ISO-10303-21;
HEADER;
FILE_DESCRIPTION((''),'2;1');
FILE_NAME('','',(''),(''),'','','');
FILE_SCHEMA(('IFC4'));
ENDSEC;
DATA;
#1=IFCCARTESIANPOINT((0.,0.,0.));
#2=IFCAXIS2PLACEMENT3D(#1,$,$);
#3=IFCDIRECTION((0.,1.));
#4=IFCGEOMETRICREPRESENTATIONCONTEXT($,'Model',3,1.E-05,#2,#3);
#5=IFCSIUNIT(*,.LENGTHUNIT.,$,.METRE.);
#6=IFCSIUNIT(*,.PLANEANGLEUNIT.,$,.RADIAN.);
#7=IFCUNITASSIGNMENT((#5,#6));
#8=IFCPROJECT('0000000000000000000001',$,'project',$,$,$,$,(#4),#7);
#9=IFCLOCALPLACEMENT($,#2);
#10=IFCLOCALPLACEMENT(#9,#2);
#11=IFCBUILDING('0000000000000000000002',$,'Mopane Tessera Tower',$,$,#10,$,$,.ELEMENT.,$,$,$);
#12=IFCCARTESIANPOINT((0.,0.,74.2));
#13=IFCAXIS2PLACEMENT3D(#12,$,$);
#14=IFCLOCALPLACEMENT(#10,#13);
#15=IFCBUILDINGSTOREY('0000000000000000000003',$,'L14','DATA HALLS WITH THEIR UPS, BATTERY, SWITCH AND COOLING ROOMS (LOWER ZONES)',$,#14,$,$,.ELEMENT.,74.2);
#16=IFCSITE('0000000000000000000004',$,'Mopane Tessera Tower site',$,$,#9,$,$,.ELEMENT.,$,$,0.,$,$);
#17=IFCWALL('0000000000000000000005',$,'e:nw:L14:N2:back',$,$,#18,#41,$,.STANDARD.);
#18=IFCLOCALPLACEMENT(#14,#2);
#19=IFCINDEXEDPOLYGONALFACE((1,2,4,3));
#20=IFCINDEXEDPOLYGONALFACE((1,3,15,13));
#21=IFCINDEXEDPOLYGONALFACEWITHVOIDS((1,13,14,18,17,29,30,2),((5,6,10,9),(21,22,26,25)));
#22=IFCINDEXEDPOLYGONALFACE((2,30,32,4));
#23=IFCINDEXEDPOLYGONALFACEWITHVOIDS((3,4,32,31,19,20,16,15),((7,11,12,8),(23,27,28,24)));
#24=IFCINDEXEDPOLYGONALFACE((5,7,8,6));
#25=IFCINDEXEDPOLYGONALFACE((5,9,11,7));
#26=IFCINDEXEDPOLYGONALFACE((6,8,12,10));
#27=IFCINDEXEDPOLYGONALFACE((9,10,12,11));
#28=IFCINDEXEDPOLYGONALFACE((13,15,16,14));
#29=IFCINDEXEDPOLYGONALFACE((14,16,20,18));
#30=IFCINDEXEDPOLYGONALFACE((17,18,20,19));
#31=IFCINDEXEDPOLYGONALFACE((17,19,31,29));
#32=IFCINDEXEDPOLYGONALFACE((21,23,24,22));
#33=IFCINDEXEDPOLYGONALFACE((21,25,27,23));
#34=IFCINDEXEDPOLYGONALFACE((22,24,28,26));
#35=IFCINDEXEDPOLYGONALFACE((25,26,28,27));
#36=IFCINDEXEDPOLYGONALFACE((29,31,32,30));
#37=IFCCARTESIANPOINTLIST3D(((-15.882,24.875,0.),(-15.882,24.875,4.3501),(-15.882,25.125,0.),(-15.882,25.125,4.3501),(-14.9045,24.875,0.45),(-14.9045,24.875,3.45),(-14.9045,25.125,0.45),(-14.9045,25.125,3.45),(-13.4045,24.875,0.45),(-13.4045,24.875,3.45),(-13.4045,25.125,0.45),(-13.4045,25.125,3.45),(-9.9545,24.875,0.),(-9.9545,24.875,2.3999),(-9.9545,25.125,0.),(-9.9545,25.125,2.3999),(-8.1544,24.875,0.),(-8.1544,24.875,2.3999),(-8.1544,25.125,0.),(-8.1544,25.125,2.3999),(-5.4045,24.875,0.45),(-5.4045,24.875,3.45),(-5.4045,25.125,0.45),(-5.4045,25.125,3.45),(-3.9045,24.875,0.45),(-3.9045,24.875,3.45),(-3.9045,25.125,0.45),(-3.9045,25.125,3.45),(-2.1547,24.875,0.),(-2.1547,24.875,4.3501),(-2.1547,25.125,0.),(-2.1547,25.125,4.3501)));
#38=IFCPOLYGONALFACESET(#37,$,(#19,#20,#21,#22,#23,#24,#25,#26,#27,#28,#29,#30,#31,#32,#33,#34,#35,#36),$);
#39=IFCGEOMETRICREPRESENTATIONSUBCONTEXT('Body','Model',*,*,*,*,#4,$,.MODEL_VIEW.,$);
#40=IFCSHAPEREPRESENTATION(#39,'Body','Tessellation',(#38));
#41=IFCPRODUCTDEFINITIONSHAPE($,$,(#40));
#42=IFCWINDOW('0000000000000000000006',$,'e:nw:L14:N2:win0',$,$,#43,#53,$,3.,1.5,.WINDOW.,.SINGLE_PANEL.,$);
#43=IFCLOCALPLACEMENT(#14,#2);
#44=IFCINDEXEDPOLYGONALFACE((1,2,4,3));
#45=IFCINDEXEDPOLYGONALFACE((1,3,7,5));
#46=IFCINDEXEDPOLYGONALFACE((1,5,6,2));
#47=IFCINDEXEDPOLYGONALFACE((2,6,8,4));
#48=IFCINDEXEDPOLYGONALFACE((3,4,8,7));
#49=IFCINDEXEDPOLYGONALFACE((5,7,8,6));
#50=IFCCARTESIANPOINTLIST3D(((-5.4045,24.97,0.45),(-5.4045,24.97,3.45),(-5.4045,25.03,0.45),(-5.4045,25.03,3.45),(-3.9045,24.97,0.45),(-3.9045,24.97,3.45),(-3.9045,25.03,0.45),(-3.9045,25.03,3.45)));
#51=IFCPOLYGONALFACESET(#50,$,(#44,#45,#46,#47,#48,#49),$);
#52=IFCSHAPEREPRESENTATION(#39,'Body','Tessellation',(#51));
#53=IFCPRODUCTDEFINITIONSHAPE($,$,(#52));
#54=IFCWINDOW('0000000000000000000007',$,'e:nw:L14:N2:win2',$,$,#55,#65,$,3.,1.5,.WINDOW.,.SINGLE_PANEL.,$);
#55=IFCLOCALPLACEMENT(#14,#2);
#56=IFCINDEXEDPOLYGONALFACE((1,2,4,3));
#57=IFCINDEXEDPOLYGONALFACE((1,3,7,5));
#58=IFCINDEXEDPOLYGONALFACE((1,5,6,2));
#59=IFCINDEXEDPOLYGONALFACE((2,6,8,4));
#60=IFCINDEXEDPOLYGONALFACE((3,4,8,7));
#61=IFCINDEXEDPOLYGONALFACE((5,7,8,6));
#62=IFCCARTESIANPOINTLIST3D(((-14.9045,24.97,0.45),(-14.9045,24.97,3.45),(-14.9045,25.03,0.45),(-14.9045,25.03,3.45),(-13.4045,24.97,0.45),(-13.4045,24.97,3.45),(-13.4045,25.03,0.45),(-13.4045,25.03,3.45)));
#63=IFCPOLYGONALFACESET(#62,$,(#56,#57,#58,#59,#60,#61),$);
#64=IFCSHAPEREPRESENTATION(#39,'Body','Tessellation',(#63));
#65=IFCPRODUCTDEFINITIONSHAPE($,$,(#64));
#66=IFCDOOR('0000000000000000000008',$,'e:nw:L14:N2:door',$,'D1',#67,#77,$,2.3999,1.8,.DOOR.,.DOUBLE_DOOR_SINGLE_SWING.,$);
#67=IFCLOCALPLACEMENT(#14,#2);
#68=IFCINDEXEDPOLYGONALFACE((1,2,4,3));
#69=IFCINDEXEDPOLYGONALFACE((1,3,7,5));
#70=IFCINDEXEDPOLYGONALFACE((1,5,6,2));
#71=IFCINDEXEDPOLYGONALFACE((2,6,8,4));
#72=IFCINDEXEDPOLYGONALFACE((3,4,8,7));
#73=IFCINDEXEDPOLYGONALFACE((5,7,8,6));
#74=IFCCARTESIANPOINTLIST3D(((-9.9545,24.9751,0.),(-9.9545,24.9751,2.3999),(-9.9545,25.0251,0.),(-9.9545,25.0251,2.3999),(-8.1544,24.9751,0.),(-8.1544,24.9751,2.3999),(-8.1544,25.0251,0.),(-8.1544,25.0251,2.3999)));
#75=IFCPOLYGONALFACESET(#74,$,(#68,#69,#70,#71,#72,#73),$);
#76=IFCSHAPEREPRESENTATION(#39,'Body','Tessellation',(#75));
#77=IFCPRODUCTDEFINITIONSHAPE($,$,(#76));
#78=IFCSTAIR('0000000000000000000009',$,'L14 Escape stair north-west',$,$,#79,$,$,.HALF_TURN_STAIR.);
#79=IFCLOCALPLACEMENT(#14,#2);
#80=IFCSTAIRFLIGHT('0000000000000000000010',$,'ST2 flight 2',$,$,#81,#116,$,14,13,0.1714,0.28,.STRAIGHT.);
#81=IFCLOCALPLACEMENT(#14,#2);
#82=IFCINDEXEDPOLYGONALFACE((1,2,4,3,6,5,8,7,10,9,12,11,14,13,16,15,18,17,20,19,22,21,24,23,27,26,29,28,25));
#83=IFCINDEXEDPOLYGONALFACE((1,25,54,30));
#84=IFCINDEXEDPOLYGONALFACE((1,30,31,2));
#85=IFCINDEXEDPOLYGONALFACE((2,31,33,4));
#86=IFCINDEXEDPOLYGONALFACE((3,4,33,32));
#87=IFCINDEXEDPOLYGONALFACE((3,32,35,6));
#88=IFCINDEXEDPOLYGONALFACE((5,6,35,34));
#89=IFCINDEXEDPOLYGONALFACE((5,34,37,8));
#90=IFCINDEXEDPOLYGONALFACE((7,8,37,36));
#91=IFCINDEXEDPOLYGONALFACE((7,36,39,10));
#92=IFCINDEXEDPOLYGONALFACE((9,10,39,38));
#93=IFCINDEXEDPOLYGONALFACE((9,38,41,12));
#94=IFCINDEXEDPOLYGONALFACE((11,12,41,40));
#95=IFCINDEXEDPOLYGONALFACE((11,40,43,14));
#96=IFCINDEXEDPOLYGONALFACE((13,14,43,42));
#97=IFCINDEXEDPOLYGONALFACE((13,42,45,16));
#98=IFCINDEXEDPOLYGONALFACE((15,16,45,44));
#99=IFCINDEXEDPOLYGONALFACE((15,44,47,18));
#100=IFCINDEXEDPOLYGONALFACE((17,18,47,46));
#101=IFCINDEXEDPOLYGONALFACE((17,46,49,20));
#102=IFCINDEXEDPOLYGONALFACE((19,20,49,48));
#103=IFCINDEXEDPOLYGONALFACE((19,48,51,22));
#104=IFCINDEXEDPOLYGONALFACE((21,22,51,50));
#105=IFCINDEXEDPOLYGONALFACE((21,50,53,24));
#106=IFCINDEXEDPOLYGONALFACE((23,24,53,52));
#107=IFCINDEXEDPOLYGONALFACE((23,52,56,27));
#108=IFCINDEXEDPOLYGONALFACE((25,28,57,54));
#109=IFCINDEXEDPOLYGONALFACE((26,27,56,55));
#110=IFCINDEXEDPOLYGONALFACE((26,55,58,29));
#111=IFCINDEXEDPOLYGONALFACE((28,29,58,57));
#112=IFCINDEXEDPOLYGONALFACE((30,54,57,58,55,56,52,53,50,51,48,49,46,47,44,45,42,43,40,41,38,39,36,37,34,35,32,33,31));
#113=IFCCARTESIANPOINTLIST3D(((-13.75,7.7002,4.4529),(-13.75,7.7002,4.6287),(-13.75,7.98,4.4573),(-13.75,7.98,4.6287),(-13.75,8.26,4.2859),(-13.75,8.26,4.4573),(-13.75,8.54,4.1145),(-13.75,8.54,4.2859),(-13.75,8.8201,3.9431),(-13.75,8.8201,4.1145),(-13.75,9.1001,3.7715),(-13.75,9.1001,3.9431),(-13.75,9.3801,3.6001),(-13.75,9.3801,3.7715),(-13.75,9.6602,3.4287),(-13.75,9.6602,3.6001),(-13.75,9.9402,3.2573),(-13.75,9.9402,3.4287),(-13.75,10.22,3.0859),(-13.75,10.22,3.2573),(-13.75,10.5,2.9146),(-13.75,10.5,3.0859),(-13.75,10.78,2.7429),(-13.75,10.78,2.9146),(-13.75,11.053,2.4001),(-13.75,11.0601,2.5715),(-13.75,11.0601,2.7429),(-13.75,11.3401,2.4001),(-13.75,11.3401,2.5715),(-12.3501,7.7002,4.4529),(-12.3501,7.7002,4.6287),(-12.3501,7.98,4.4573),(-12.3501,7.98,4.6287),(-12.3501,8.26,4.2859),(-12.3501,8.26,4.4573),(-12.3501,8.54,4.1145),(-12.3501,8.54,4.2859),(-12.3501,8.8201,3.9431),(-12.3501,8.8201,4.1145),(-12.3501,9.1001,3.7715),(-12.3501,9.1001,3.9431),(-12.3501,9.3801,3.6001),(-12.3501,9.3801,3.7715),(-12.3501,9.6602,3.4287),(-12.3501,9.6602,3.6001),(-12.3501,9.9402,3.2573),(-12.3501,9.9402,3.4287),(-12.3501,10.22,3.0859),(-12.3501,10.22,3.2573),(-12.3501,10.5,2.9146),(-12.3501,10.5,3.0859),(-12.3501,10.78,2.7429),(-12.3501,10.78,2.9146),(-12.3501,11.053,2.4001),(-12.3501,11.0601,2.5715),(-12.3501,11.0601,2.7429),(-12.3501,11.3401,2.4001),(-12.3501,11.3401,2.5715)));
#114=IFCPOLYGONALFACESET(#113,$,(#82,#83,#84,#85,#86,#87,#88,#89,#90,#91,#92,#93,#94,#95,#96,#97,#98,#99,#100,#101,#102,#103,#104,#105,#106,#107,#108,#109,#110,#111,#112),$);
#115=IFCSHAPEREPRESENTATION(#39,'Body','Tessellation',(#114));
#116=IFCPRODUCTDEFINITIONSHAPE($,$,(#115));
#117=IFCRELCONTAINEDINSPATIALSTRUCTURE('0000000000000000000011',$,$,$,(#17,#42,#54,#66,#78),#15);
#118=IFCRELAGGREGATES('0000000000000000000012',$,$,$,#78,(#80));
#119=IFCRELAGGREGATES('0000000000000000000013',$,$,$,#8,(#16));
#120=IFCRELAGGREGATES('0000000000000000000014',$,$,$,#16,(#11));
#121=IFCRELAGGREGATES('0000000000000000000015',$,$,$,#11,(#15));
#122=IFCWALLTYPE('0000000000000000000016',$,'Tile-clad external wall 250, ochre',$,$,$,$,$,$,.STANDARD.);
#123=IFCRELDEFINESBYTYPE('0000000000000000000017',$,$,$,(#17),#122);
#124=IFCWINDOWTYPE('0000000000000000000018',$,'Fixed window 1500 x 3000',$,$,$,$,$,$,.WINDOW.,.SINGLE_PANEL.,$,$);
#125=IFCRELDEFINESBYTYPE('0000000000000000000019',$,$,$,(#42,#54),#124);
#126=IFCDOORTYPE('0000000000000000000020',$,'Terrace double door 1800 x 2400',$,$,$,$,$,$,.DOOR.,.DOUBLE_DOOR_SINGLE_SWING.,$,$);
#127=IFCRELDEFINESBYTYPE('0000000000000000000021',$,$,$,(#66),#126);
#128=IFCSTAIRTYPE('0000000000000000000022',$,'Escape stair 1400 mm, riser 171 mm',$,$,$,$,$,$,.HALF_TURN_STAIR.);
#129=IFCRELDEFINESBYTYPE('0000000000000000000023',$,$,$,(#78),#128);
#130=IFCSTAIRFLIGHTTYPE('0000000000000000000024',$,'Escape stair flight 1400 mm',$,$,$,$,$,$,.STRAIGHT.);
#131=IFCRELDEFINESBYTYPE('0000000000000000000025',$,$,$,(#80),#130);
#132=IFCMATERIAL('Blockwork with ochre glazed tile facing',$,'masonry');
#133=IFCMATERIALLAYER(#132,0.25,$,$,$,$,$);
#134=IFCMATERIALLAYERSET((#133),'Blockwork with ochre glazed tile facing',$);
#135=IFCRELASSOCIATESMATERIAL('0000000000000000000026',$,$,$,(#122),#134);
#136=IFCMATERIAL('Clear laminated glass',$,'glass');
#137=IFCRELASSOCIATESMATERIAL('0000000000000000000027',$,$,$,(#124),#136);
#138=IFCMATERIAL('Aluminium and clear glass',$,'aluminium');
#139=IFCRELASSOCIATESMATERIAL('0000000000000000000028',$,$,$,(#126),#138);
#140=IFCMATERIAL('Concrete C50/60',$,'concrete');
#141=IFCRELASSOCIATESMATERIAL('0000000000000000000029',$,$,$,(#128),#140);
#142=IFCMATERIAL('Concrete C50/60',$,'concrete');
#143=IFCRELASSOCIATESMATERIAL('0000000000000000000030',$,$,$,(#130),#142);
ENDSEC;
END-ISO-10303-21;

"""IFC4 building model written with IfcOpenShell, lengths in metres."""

from ifc_helpers import new_model, si_unit, direction, frame, frame_2d, origin, place, context, subcontext, project, spatial, polyline, rectangle, outline, extrude, material, layer, layer_set, type_object, element, fill, aggregate, save


model = new_model("IFC4")

# Units and contexts
model_context = context("Model", 3, precision=1e-05, world=origin(), true_north=direction((0.0, 1.0)))
body_context = subcontext(model_context, "Body", "Model", "MODEL_VIEW")
ifc_project = project(units=[si_unit("LENGTHUNIT", "METRE"), si_unit("PLANEANGLEUNIT", "RADIAN")], contexts=[model_context])

# Site, building, storey
site_placement = place(None, origin())
site = spatial("IfcSite", under=ifc_project, at=site_placement, Name="Mopane Tessera Tower site", CompositionType="ELEMENT", RefElevation=0.0)
building_placement = place(site_placement, origin())
building = spatial("IfcBuilding", under=site, at=building_placement, Name="Mopane Tessera Tower", CompositionType="ELEMENT")
storey_placement = place(building_placement, frame((0.0, 0.0, 74.2)))
storey = spatial("IfcBuildingStorey", under=building, at=storey_placement, Name="L14", Description="DATA HALLS WITH THEIR UPS, BATTERY, SWITCH AND COOLING ROOMS (LOWER ZONES)", CompositionType="ELEMENT", Elevation=74.2)

# Wall, openings, windows, door
ifc_material_1 = material(Name="Blockwork with ochre glazed tile facing", Category="masonry")
ifc_layer_1 = layer(ifc_material_1, 0.25)
ifc_layer_set_1 = layer_set([ifc_layer_1], Name="Blockwork with ochre glazed tile facing")
wall_type_1 = type_object("IfcWallType", Name="Tile-clad external wall 250, ochre", PredefinedType="STANDARD", material=ifc_layer_set_1)
wall_1_placement = place(storey_placement, frame((-2.1545, 25.0, 0.0), z_axis=(0.0, 0.0, 1.0), x_axis=(-1.0, 0.0, 0.0)))
wall_1 = element("IfcWall", 1, at=wall_1_placement, inside=storey, type_object=wall_type_1, Name="e:nw:L14:N2:back", PredefinedType="STANDARD", context=body_context, shape_type="SweptSolid", body=[
    extrude(rectangle(XDim=13.7273, YDim=0.25, at=frame_2d((6.8638, 0.0))), origin(), (0.0, 0.0, 1.0), 4.3501),
])
opening_1_placement = place(wall_1_placement, frame((1.75, 0.0, 0.45)))
opening_1 = element("IfcOpeningElement", 2, at=opening_1_placement, cuts=wall_1, PredefinedType="OPENING", context=body_context, shape_type="SweptSolid", body=[
    extrude(rectangle(XDim=1.5, YDim=3.0, at=frame_2d((0.75, 1.5))), frame((0.0, 0.137, 0.0), z_axis=(0.0, -1.0, 0.0), x_axis=(1.0, 0.0, 0.0)), (0.0, 0.0, 1.0), 0.2739),
])
opening_2_placement = place(wall_1_placement, frame((6.0, 0.0, 0.0)))
opening_2 = element("IfcOpeningElement", 3, at=opening_2_placement, cuts=wall_1, PredefinedType="OPENING", context=body_context, shape_type="SweptSolid", body=[
    extrude(rectangle(XDim=1.8, YDim=2.3999, at=frame_2d((0.8999, 1.2))), frame((0.0, 0.137, 0.0), z_axis=(0.0, -1.0, 0.0), x_axis=(1.0, 0.0, 0.0)), (0.0, 0.0, 1.0), 0.2739),
])
opening_3_placement = place(wall_1_placement, frame((11.25, 0.0, 0.45)))
opening_3 = element("IfcOpeningElement", 4, at=opening_3_placement, cuts=wall_1, PredefinedType="OPENING", context=body_context, shape_type="SweptSolid", body=[
    extrude(rectangle(XDim=1.5, YDim=3.0, at=frame_2d((0.75, 1.5))), frame((0.0, 0.137, 0.0), z_axis=(0.0, -1.0, 0.0), x_axis=(1.0, 0.0, 0.0)), (0.0, 0.0, 1.0), 0.2739),
])
ifc_material_2 = material(Name="Clear laminated glass", Category="glass")
window_type = type_object("IfcWindowType", Name="Fixed window 1500 x 3000", PartitioningType="SINGLE_PANEL", PredefinedType="WINDOW", material=ifc_material_2)
window_1_placement = place(opening_1_placement, origin())
window_1 = element("IfcWindow", 5, at=window_1_placement, inside=storey, type_object=window_type, Name="e:nw:L14:N2:win0", OverallHeight=3.0, OverallWidth=1.5, PartitioningType="SINGLE_PANEL", PredefinedType="WINDOW", context=body_context, shape_type="SweptSolid", body=[
    extrude(rectangle(XDim=1.5, YDim=3.0, at=frame_2d((0.75, 1.5))), frame((0.0, 0.03, 0.0), z_axis=(0.0, -1.0, 0.0), x_axis=(1.0, 0.0, 0.0)), (0.0, 0.0, 1.0), 0.0601),
])
fill(opening_1, window_1)
window_2_placement = place(opening_3_placement, origin())
window_2 = element("IfcWindow", 6, at=window_2_placement, inside=storey, type_object=window_type, Name="e:nw:L14:N2:win2", OverallHeight=3.0, OverallWidth=1.5, PartitioningType="SINGLE_PANEL", PredefinedType="WINDOW", context=body_context, shape_type="SweptSolid", body=[
    extrude(rectangle(XDim=1.5, YDim=3.0, at=frame_2d((0.75, 1.5))), frame((0.0, 0.03, 0.0), z_axis=(0.0, -1.0, 0.0), x_axis=(1.0, 0.0, 0.0)), (0.0, 0.0, 1.0), 0.0601),
])
fill(opening_3, window_2)
ifc_material_3 = material(Name="Aluminium and clear glass", Category="aluminium")
door_type_1 = type_object("IfcDoorType", Name="Terrace double door 1800 x 2400", OperationType="DOUBLE_DOOR_SINGLE_SWING", PredefinedType="DOOR", material=ifc_material_3)
door_1_placement = place(opening_2_placement, origin())
door_1 = element("IfcDoor", 7, at=door_1_placement, inside=storey, type_object=door_type_1, Name="e:nw:L14:N2:door", ObjectType="D1", OperationType="DOUBLE_DOOR_SINGLE_SWING", OverallHeight=2.3999, OverallWidth=1.8, PredefinedType="DOOR", context=body_context, shape_type="SweptSolid", body=[
    extrude(rectangle(XDim=1.8, YDim=2.3999, at=frame_2d((0.8999, 1.2))), frame((0.0, 0.0249, 0.0), z_axis=(0.0, -1.0, 0.0), x_axis=(1.0, 0.0, 0.0)), (0.0, 0.0, 1.0), 0.05),
])
fill(opening_2, door_1)

# Stair, stair flight
ifc_material_4 = material(Name="Concrete C50/60", Category="concrete")
stair_type = type_object("IfcStairType", Name="Escape stair 1400 mm, riser 171 mm", PredefinedType="HALF_TURN_STAIR", material=ifc_material_4)
stair_placement = place(storey_placement, origin())
stair = element("IfcStair", 8, at=stair_placement, inside=storey, type_object=stair_type, Name="L14 Escape stair north-west", PredefinedType="HALF_TURN_STAIR")
ifc_material_5 = material(Name="Concrete C50/60", Category="concrete")
stair_flight_type = type_object("IfcStairFlightType", Name="Escape stair flight 1400 mm", PredefinedType="STRAIGHT", material=ifc_material_5)
stair_flight_placement = place(storey_placement, frame((-13.05, 11.3401, 2.4001), z_axis=(0.0, 0.0, 1.0), x_axis=(0.0, -1.0, 0.0)))
stair_flight = element("IfcStairFlight", 9, at=stair_flight_placement, type_object=stair_flight_type, Name="ST2 flight 2", NumberOfRisers=14, NumberOfTreads=13, PredefinedType="STRAIGHT", RiserHeight=0.1714, TreadLength=0.28, context=body_context, shape_type="SweptSolid", body=[
    extrude(outline(polyline([(0.0, 0.0), (0.0, 0.1714), (0.28, 0.1714), (0.28, 0.3428), (0.5601, 0.3428), (0.5601, 0.5144), (0.8401, 0.5144), (0.8401, 0.6858), (1.1201, 0.6858), (1.1201, 0.8572), (1.3999, 0.8572), (1.3999, 1.0286), (1.6799, 1.0286), (1.6799, 1.2), (1.96, 1.2), (1.96, 1.3713), (2.24, 1.3713), (2.24, 1.543), (2.52, 1.543), (2.52, 1.7144), (2.8, 1.7144), (2.8, 1.8857), (3.0801, 1.8857), (3.0801, 2.0571), (3.3601, 2.0571), (3.3601, 2.2285), (3.6399, 2.2285), (3.6399, 2.3999), (3.6399, 2.0527), (0.2871, 0.0), (0.0, 0.0)])), frame((0.0, 0.7, 0.0), z_axis=(0.0, -1.0, 0.0), x_axis=(1.0, 0.0, 0.0)), (0.0, 0.0, 1.0), 1.3999),
])
aggregate(stair, [stair_flight])

save(model, "model.ifc")
